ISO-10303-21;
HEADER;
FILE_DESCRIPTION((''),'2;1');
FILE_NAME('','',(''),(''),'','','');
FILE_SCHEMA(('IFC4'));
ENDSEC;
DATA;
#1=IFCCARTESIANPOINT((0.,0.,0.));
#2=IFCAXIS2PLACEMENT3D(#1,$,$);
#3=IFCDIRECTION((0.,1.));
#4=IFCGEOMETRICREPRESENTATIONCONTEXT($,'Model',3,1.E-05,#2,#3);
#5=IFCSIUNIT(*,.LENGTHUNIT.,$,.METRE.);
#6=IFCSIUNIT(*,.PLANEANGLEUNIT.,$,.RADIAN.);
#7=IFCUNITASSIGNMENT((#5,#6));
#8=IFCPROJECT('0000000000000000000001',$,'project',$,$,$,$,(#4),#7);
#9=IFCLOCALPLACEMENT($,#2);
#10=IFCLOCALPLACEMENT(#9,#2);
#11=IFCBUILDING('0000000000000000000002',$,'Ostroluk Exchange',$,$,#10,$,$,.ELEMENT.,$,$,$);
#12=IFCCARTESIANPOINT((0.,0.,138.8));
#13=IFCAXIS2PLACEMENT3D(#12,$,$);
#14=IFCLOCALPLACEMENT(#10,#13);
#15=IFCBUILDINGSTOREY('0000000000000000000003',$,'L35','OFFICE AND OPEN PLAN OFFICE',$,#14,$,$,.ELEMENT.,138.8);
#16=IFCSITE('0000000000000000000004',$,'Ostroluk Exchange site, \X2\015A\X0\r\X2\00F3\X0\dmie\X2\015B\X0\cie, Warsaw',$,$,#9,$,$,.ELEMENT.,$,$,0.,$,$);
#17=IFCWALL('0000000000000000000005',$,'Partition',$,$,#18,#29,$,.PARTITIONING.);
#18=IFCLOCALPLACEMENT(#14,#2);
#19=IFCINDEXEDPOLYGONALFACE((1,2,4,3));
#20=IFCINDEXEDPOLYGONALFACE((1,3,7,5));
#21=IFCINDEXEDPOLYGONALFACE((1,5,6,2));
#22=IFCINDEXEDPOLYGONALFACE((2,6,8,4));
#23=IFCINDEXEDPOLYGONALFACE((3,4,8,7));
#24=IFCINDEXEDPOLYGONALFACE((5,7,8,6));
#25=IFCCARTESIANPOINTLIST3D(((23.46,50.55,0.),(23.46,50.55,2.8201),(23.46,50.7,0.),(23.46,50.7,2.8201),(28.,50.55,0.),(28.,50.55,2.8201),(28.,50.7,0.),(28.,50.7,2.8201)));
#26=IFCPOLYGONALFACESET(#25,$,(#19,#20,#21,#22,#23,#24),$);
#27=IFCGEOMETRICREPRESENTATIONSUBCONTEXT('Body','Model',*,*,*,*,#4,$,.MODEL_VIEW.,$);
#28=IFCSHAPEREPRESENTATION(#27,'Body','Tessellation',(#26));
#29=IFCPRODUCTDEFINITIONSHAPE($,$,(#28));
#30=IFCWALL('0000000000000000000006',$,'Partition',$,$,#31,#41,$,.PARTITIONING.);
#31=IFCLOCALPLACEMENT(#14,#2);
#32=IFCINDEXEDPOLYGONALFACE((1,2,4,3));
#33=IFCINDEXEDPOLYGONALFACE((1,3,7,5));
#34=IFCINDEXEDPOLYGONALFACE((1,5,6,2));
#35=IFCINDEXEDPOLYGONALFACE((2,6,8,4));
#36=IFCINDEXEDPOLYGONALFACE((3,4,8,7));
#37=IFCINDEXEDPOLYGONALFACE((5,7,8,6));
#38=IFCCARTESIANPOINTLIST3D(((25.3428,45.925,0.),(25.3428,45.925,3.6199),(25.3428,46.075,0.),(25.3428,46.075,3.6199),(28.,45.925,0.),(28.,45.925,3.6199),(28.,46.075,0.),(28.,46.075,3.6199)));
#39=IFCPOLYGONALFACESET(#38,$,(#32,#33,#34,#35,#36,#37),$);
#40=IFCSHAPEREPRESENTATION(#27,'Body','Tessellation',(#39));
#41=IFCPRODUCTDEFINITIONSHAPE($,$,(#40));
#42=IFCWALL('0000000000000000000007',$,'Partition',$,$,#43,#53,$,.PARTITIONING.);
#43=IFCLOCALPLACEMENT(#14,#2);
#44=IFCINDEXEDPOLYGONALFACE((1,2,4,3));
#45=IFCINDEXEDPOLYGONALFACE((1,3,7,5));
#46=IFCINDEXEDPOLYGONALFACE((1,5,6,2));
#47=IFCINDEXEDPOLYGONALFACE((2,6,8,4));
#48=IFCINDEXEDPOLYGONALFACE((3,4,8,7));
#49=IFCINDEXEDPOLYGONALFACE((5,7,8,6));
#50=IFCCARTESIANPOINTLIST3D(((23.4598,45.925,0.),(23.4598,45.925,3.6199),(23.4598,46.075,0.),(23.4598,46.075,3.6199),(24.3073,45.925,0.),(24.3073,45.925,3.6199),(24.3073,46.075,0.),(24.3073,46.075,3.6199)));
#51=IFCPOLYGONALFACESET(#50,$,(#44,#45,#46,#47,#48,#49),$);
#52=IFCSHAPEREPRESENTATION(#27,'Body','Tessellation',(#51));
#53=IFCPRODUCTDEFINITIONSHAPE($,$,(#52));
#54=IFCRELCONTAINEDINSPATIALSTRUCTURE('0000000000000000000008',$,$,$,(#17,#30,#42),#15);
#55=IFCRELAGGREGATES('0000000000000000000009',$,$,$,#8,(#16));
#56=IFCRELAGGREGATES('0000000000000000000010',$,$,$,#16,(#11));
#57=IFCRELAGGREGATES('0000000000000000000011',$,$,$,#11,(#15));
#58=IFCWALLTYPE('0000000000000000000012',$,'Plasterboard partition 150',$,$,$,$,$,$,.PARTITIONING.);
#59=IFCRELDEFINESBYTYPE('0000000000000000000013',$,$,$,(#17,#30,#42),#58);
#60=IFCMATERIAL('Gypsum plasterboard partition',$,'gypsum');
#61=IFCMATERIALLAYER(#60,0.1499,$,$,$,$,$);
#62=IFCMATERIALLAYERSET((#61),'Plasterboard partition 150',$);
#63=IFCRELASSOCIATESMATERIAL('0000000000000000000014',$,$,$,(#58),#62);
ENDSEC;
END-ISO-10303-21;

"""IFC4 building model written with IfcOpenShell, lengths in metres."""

from ifc_helpers import new_model, si_unit, direction, frame, frame_2d, origin, place, context, subcontext, project, spatial, rectangle, extrude, material, layer, layer_set, type_object, element, save


model = new_model("IFC4")

# Units and contexts
model_context = context("Model", 3, precision=1e-05, world=origin(), true_north=direction((0.0, 1.0)))
body_context = subcontext(model_context, "Body", "Model", "MODEL_VIEW")
ifc_project = project(units=[si_unit("LENGTHUNIT", "METRE"), si_unit("PLANEANGLEUNIT", "RADIAN")], contexts=[model_context])

# Site, building, storey
site_placement = place(None, origin())
site = spatial("IfcSite", under=ifc_project, at=site_placement, Name="Ostroluk Exchange site, Śródmieście, Warsaw", CompositionType="ELEMENT", RefElevation=0.0)
building_placement = place(site_placement, origin())
building = spatial("IfcBuilding", under=site, at=building_placement, Name="Ostroluk Exchange", CompositionType="ELEMENT")
storey_placement = place(building_placement, frame((0.0, 0.0, 138.8)))
storey = spatial("IfcBuildingStorey", under=building, at=storey_placement, Name="L35", Description="OFFICE AND OPEN PLAN OFFICE", CompositionType="ELEMENT", Elevation=138.8)

# Shared definitions
ifc_material_1 = material(Name="Gypsum plasterboard partition", Category="gypsum")
ifc_layer_1 = layer(ifc_material_1, 0.1499)
ifc_layer_set_1 = layer_set([ifc_layer_1], Name="Plasterboard partition 150")
wall_type = type_object("IfcWallType", Name="Plasterboard partition 150", PredefinedType="PARTITIONING", material=ifc_layer_set_1)

# Walls
wall_1_placement = place(storey_placement, frame((28.0, 50.625, 0.0), z_axis=(0.0, 0.0, 1.0), x_axis=(-1.0, 0.0, 0.0)))
element("IfcWall", 1, at=wall_1_placement, inside=storey, type_object=wall_type, Name="Partition", PredefinedType="PARTITIONING", context=body_context, shape_type="SweptSolid", body=[
    extrude(rectangle(XDim=4.54, YDim=0.1499, at=frame_2d((2.27, 0.0))), origin(), (0.0, 0.0, 1.0), 2.8201),
])
wall_2_placement = place(storey_placement, frame((28.0, 46.0, 0.0), z_axis=(0.0, 0.0, 1.0), x_axis=(-1.0, 0.0, 0.0)))
element("IfcWall", 2, at=wall_2_placement, inside=storey, type_object=wall_type, Name="Partition", PredefinedType="PARTITIONING", context=body_context, shape_type="SweptSolid", body=[
    extrude(rectangle(XDim=2.6572, YDim=0.1499, at=frame_2d((1.3286, 0.0))), origin(), (0.0, 0.0, 1.0), 3.6199),
])
wall_3_placement = place(storey_placement, frame((24.3074, 46.0, 0.0), z_axis=(0.0, 0.0, 1.0), x_axis=(-1.0, 0.0, 0.0)))
element("IfcWall", 3, at=wall_3_placement, inside=storey, type_object=wall_type, Name="Partition", PredefinedType="PARTITIONING", context=body_context, shape_type="SweptSolid", body=[
    extrude(rectangle(XDim=0.8474, YDim=0.1499, at=frame_2d((0.4238, 0.0))), origin(), (0.0, 0.0, 1.0), 3.6199),
])

save(model, "model.ifc")
